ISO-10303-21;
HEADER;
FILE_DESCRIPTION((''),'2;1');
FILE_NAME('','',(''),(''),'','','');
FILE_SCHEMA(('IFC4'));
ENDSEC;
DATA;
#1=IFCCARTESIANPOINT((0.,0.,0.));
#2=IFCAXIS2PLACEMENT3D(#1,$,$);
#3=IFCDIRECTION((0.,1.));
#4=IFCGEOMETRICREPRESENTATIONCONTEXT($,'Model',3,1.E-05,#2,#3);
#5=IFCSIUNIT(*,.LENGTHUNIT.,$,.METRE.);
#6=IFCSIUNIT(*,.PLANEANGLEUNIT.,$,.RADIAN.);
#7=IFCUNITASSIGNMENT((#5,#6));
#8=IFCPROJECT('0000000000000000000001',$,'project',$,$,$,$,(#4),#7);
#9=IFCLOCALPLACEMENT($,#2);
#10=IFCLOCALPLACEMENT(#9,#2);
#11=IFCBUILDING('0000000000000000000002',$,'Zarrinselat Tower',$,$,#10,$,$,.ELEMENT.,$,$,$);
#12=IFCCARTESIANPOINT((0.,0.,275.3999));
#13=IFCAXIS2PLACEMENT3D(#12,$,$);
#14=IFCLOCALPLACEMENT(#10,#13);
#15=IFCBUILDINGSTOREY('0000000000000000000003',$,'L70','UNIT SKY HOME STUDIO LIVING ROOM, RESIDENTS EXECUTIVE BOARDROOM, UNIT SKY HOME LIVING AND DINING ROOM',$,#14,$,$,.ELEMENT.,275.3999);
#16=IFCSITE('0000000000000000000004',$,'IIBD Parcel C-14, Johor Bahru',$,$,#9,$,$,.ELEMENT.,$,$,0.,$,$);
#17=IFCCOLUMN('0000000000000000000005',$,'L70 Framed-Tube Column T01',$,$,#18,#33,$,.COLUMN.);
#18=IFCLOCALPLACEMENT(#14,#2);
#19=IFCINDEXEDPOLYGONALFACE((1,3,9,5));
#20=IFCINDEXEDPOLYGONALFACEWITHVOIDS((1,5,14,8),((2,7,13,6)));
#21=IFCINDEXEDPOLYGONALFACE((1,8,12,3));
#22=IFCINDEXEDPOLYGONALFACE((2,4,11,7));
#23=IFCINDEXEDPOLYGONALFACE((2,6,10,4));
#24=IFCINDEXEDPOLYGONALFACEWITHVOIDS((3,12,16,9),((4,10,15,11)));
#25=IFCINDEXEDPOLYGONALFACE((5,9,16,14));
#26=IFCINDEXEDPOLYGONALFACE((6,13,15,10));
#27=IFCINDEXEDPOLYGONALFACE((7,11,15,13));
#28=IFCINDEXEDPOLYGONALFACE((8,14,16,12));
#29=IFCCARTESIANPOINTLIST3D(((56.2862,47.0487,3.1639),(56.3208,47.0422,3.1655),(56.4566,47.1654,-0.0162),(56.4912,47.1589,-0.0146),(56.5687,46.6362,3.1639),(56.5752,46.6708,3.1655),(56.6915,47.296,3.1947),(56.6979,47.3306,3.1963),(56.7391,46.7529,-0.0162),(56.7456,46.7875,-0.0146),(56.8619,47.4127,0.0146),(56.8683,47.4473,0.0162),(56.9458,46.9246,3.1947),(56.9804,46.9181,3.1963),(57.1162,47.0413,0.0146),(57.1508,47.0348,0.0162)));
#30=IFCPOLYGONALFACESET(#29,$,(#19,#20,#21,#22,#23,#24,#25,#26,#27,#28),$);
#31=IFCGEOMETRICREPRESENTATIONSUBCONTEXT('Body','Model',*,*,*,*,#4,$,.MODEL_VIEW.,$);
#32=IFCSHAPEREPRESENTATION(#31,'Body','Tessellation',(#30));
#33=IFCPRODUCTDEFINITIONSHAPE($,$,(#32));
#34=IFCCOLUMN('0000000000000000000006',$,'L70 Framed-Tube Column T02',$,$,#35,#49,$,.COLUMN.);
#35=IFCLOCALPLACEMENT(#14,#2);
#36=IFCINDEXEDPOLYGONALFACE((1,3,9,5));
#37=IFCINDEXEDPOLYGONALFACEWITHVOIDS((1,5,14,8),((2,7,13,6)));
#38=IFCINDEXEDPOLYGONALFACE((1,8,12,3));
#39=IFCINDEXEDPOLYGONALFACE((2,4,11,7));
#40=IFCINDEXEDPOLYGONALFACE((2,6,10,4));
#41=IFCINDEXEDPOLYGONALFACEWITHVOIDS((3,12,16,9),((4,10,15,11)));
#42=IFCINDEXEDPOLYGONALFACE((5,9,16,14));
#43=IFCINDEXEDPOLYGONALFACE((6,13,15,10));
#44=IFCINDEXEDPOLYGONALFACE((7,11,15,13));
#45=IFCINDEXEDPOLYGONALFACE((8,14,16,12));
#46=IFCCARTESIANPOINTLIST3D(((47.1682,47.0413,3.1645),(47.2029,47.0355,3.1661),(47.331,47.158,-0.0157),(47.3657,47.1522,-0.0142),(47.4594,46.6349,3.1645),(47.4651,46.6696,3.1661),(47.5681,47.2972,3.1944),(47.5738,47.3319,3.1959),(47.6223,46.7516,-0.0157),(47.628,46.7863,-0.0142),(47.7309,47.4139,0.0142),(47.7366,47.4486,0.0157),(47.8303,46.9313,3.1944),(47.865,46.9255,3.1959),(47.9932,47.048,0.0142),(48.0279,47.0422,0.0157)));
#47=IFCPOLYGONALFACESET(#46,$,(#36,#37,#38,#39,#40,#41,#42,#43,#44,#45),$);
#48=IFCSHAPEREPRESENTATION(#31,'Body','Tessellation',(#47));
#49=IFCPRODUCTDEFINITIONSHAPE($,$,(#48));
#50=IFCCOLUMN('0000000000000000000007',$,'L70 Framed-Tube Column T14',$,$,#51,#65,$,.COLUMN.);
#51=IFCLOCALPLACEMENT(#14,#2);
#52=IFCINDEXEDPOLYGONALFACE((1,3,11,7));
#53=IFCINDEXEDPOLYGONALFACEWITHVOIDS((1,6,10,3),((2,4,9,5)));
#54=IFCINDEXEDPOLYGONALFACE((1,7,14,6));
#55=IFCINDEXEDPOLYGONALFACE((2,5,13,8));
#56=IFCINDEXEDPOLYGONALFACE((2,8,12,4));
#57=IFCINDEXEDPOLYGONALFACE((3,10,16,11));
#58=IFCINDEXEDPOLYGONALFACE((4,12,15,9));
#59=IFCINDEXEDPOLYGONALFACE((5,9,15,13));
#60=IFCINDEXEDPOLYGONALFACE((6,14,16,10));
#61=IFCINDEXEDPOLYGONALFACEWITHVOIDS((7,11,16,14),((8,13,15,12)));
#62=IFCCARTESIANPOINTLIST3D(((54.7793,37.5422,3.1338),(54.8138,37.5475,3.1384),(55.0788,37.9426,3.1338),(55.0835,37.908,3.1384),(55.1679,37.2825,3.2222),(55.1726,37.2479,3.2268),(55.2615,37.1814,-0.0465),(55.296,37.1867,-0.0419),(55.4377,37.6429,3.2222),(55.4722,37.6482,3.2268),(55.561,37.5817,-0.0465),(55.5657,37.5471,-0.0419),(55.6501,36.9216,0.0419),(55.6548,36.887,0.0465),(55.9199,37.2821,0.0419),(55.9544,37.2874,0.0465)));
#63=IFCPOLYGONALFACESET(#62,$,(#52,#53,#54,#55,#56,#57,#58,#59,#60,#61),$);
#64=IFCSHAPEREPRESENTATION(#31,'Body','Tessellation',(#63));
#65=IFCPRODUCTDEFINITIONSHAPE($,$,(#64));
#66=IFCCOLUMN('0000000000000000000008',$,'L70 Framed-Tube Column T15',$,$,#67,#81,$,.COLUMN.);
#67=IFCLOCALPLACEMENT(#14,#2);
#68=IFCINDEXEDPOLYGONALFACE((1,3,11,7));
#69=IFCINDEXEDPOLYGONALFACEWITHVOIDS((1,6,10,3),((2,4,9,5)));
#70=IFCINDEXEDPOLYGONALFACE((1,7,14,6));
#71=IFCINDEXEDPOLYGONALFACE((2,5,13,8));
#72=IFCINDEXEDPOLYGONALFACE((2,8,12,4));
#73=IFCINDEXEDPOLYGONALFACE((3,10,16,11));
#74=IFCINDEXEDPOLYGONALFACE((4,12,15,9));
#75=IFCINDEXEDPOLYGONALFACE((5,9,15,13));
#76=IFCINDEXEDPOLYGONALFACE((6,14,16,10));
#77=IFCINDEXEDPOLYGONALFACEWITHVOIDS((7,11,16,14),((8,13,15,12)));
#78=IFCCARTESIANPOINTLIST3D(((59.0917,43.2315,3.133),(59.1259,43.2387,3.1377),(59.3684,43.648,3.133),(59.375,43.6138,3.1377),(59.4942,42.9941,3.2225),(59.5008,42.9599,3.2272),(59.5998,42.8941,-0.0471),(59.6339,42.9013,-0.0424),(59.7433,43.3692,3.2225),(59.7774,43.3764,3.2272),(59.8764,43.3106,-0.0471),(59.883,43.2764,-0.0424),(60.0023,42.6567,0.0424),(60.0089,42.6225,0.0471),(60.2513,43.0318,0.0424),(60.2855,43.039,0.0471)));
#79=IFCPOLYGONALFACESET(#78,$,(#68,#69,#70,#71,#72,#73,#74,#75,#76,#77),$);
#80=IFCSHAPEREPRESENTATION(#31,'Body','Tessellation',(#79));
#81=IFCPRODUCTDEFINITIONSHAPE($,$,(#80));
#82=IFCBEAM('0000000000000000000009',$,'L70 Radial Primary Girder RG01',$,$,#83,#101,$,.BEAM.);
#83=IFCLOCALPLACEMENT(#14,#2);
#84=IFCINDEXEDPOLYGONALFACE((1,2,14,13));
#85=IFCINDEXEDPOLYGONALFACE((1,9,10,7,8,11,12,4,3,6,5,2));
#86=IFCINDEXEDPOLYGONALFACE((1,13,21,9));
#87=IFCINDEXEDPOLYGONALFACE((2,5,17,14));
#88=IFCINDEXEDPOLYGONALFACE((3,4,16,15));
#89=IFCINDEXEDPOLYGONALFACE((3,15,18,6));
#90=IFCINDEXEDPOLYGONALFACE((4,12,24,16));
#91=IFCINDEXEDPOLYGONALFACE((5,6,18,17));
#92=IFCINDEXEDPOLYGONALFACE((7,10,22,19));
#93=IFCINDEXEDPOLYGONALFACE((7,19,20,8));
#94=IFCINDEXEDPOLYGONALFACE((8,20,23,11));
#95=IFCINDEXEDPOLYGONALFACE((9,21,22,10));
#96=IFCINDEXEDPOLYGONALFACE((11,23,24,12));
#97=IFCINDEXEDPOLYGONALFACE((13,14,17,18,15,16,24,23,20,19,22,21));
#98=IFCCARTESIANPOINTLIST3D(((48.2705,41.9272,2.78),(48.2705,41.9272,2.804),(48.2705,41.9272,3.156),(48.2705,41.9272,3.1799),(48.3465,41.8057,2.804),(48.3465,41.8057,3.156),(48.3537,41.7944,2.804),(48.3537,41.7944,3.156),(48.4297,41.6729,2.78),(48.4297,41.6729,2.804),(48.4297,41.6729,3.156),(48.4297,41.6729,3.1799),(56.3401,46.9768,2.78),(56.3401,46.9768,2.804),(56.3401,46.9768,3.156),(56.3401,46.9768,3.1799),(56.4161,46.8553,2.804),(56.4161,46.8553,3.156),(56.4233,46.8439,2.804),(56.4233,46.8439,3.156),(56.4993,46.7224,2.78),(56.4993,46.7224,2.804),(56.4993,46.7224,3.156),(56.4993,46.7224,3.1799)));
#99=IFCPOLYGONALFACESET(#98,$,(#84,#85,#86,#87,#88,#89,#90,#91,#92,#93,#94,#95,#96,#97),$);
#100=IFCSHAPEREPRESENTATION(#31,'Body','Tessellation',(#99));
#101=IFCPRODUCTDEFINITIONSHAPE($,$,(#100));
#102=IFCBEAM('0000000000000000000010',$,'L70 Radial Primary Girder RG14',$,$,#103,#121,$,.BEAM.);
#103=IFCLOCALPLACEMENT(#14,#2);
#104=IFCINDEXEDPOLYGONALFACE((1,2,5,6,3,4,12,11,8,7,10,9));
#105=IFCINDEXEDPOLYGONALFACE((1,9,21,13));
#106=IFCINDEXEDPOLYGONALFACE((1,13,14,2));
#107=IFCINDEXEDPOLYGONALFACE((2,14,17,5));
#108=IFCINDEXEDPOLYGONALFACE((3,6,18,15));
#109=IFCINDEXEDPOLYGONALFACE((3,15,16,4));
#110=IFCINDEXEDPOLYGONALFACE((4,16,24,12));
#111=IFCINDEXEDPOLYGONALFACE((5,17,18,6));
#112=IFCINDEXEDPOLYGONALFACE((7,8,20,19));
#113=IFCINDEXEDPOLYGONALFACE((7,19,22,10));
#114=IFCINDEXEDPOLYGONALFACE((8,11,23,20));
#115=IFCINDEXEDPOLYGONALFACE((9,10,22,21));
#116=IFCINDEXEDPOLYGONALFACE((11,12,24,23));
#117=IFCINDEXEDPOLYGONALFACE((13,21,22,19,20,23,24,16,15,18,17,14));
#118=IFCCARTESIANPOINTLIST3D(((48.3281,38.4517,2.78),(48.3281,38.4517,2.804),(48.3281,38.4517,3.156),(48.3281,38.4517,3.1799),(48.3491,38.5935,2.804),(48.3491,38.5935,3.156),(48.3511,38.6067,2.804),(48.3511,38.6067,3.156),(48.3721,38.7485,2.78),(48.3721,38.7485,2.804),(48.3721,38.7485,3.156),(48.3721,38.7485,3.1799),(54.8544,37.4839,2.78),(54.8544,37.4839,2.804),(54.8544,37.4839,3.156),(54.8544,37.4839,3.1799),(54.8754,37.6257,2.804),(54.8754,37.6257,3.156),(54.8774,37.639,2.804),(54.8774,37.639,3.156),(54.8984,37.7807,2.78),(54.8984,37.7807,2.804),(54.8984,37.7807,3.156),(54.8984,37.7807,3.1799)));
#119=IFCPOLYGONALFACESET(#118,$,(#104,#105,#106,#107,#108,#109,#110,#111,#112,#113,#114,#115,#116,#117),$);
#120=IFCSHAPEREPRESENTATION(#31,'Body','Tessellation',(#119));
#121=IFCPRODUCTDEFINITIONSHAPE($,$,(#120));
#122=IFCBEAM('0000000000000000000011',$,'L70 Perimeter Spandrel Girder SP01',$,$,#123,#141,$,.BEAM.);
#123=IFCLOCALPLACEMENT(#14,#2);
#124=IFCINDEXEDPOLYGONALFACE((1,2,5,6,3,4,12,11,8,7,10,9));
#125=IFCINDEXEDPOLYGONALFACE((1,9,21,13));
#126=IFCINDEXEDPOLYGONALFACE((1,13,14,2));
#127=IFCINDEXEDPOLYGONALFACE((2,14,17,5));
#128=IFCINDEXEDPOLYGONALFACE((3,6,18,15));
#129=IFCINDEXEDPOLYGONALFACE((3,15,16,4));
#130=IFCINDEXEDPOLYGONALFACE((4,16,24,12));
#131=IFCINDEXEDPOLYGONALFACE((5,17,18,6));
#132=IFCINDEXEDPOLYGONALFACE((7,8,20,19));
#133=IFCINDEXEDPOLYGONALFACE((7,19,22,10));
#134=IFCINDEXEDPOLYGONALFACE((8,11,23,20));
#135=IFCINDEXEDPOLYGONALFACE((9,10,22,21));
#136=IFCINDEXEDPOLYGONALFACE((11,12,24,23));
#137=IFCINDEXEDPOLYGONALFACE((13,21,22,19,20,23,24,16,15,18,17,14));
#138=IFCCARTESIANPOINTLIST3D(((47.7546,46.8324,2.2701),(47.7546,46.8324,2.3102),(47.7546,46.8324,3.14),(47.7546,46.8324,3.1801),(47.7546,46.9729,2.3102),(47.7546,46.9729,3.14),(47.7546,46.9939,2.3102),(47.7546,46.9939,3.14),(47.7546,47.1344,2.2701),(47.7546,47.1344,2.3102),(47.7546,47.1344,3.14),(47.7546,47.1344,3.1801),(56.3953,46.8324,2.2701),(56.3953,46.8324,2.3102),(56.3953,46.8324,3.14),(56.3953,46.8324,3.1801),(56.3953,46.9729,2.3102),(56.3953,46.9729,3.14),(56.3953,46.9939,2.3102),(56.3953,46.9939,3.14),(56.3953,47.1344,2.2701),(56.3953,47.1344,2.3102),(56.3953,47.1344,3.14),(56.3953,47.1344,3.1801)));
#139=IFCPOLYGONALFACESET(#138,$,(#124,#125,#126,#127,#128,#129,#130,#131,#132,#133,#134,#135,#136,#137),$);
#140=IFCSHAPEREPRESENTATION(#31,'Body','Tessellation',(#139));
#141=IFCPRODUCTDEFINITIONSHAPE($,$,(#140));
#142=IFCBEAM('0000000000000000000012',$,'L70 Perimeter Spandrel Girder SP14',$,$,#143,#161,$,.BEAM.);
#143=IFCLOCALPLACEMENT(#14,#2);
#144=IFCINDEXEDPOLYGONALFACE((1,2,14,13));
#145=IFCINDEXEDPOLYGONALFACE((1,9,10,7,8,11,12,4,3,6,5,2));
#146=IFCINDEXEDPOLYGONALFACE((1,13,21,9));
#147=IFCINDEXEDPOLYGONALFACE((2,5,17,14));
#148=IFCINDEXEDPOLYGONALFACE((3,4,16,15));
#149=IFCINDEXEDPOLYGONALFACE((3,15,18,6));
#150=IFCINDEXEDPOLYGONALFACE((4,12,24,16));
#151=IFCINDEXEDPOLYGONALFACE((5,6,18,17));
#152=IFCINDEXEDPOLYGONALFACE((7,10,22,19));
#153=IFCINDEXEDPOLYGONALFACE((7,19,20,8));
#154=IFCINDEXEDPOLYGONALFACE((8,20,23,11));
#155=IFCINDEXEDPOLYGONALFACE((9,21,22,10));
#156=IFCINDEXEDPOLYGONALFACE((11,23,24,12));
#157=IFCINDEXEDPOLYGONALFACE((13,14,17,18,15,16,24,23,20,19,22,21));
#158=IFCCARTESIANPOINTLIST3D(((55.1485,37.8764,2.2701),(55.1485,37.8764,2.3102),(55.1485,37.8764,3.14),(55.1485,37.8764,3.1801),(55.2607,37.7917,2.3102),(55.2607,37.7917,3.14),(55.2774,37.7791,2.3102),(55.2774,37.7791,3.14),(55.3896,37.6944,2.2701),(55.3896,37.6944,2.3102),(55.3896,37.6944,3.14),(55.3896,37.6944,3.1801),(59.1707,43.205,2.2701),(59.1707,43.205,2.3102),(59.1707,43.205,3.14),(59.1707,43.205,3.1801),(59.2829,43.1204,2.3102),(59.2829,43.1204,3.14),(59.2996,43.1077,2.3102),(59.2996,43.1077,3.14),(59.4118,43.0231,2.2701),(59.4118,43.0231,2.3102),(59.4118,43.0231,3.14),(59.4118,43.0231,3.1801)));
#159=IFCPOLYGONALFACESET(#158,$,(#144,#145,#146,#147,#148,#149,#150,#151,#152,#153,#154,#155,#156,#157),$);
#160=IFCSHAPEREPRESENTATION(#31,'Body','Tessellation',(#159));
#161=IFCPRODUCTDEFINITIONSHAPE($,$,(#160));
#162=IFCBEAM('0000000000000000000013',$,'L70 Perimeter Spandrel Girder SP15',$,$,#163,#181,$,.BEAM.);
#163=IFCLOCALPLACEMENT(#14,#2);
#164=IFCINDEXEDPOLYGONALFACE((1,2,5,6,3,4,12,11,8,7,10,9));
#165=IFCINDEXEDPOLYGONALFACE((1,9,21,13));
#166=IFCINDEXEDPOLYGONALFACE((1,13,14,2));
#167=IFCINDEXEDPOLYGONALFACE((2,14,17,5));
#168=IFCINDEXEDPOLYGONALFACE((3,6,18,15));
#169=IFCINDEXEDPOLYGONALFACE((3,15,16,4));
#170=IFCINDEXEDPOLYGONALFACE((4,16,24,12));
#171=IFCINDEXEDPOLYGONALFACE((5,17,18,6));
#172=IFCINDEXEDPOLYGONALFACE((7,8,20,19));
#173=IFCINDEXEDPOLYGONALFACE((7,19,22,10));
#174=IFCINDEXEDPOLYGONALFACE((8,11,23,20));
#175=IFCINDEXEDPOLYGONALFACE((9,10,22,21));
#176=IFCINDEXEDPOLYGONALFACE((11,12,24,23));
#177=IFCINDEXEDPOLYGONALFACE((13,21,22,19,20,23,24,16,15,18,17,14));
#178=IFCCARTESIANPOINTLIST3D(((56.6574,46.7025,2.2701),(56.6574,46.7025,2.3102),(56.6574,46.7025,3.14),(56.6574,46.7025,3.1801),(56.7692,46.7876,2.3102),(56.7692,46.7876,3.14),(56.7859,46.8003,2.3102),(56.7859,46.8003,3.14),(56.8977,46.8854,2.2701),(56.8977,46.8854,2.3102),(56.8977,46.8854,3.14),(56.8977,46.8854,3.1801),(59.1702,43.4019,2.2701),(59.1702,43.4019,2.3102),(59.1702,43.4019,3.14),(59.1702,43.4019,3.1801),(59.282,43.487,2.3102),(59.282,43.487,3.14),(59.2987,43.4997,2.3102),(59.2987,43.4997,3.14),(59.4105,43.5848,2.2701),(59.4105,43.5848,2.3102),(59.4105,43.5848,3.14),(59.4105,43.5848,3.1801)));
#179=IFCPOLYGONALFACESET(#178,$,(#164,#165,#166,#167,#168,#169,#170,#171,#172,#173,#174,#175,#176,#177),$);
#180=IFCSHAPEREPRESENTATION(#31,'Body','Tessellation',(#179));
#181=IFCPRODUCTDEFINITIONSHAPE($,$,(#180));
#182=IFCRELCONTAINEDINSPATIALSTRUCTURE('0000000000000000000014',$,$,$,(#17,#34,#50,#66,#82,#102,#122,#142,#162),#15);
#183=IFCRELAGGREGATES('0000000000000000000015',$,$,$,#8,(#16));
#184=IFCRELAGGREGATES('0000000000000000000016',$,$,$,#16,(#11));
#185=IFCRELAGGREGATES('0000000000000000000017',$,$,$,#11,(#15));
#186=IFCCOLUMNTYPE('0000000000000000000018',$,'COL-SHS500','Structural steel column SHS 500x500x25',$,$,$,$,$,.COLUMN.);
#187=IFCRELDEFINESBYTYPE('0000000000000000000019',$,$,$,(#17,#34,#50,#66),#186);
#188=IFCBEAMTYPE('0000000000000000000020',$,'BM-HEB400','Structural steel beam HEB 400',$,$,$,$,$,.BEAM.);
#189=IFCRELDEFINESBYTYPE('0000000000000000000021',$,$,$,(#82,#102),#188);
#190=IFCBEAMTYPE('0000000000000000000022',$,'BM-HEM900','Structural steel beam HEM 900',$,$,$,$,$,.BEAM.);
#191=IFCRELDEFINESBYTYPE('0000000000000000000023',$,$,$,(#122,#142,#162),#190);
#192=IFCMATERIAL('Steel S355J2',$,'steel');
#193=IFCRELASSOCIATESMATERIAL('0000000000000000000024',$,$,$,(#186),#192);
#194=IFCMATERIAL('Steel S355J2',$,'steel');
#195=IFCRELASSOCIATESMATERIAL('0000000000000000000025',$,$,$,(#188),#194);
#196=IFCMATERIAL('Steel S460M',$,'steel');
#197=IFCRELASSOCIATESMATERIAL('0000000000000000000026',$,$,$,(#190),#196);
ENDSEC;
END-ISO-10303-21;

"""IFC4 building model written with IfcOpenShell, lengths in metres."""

from ifc_helpers import new_model, si_unit, direction, frame, origin, origin_2d, place, context, subcontext, project, spatial, hollow_rectangle, i_section, extrude, material, material_profile, profile_set, type_object, element, save


model = new_model("IFC4")

# Units and contexts
model_context = context("Model", 3, precision=1e-05, world=origin(), true_north=direction((0.0, 1.0)))
body_context = subcontext(model_context, "Body", "Model", "MODEL_VIEW")
ifc_project = project(units=[si_unit("LENGTHUNIT", "METRE"), si_unit("PLANEANGLEUNIT", "RADIAN")], contexts=[model_context])

# Site, building, storey
site_placement = place(None, origin())
site = spatial("IfcSite", under=ifc_project, at=site_placement, Name="IIBD Parcel C-14, Johor Bahru", CompositionType="ELEMENT", RefElevation=0.0)
building_placement = place(site_placement, origin())
building = spatial("IfcBuilding", under=site, at=building_placement, Name="Zarrinselat Tower", CompositionType="ELEMENT")
storey_placement = place(building_placement, frame((0.0, 0.0, 275.3999)))
storey = spatial("IfcBuildingStorey", under=building, at=storey_placement, Name="L70", Description="UNIT SKY HOME STUDIO LIVING ROOM, RESIDENTS EXECUTIVE BOARDROOM, UNIT SKY HOME LIVING AND DINING ROOM", CompositionType="ELEMENT", Elevation=275.3999)

# Columns
ifc_material_1 = material(Name="Steel S355J2", Category="steel")
ifc_material_profile_1 = material_profile(ifc_material_1, hollow_rectangle(XDim=0.5, YDim=0.5, WallThickness=0.0249, at=origin_2d()), Name="SHS 500x500x25")
ifc_profile_set_1 = profile_set([ifc_material_profile_1], Name="Steel S355J2")
column_type = type_object("IfcColumnType", Name="COL-SHS500", Description="Structural steel column SHS 500x500x25", PredefinedType="COLUMN", material=ifc_profile_set_1)
column_1_placement = place(storey_placement, frame((56.8037, 47.1001, 0.0), z_axis=(-0.053472, -0.036619, 0.997898), x_axis=(0.565023, -0.825075, 0.0)))
element("IfcColumn", 1, at=column_1_placement, inside=storey, type_object=column_type, Name="L70 Framed-Tube Column T01", PredefinedType="COLUMN", context=body_context, shape_type="SweptSolid", body=[
    extrude(hollow_rectangle(XDim=0.5, YDim=0.5, WallThickness=0.0249, at=origin_2d()), origin(), (0.0, 0.0, 1.0), 3.1868),
])
column_2_placement = place(storey_placement, frame((47.6794, 47.1001, 0.0), z_axis=(-0.051104, -0.036623, 0.998022), x_axis=(0.582506, -0.812827, 0.0)))
element("IfcColumn", 2, at=column_2_placement, inside=storey, type_object=column_type, Name="L70 Framed-Tube Column T02", PredefinedType="COLUMN", context=body_context, shape_type="SweptSolid", body=[
    extrude(hollow_rectangle(XDim=0.5, YDim=0.5, WallThickness=0.0249, at=origin_2d()), origin(), (0.0, 0.0, 1.0), 3.1865),
])
column_3_placement = place(storey_placement, frame((55.6079, 37.2344, 0.0), z_axis=(-0.148972, 0.111484, 0.982537), x_axis=(-0.599156, -0.800632, 0.0)))
element("IfcColumn", 3, at=column_3_placement, inside=storey, type_object=column_type, Name="L70 Framed-Tube Column T14", PredefinedType="COLUMN", context=body_context, shape_type="SweptSolid", body=[
    extrude(hollow_rectangle(XDim=0.5, YDim=0.5, WallThickness=0.0249, at=origin_2d()), origin(), (0.0, 0.0, 1.0), 3.2368),
])
column_4_placement = place(storey_placement, frame((59.9426, 42.9666, 0.0), z_axis=(-0.156898, 0.104197, 0.982103), x_axis=(-0.553221, -0.833034, 0.0)))
element("IfcColumn", 4, at=column_4_placement, inside=storey, type_object=column_type, Name="L70 Framed-Tube Column T15", PredefinedType="COLUMN", context=body_context, shape_type="SweptSolid", body=[
    extrude(hollow_rectangle(XDim=0.5, YDim=0.5, WallThickness=0.0249, at=origin_2d()), origin(), (0.0, 0.0, 1.0), 3.238),
])

# Beams
ifc_material_2 = material(Name="Steel S355J2", Category="steel")
ifc_material_profile_2 = material_profile(ifc_material_2, i_section(OverallWidth=0.3, OverallDepth=0.3999, WebThickness=0.0134, FlangeThickness=0.0239, at=origin_2d()), Name="HEB 400")
ifc_profile_set_2 = profile_set([ifc_material_profile_2], Name="Steel S355J2")
beam_type_1 = type_object("IfcBeamType", Name="BM-HEB400", Description="Structural steel beam HEB 400", PredefinedType="BEAM", material=ifc_profile_set_2)
beam_1_placement = place(storey_placement, frame((48.3501, 41.8, 2.98), z_axis=(0.847711, 0.530458, 0.0), x_axis=(-0.530458, 0.847711, 0.0)))
element("IfcBeam", 5, at=beam_1_placement, inside=storey, type_object=beam_type_1, Name="L70 Radial Primary Girder RG01", PredefinedType="BEAM", context=body_context, shape_type="SweptSolid", body=[
    extrude(i_section(OverallWidth=0.3, OverallDepth=0.3999, WebThickness=0.0134, FlangeThickness=0.0239, at=origin_2d()), origin(), (0.0, 0.0, 1.0), 9.5193),
])
beam_2_placement = place(storey_placement, frame((48.3501, 38.6001, 2.98), z_axis=(0.989184, -0.146683, 0.0), x_axis=(0.146683, 0.989184, 0.0)))
element("IfcBeam", 6, at=beam_2_placement, inside=storey, type_object=beam_type_1, Name="L70 Radial Primary Girder RG14", PredefinedType="BEAM", context=body_context, shape_type="SweptSolid", body=[
    extrude(i_section(OverallWidth=0.3, OverallDepth=0.3999, WebThickness=0.0134, FlangeThickness=0.0239, at=origin_2d()), origin(), (0.0, 0.0, 1.0), 6.5977),
])
ifc_material_3 = material(Name="Steel S460M", Category="steel")
ifc_material_profile_3 = material_profile(ifc_material_3, i_section(OverallWidth=0.302, OverallDepth=0.9099, WebThickness=0.021, FlangeThickness=0.04, at=origin_2d()), Name="HEM 900")
ifc_profile_set_3 = profile_set([ifc_material_profile_3], Name="Steel S460M")
beam_type_2 = type_object("IfcBeamType", Name="BM-HEM900", Description="Structural steel beam HEM 900", PredefinedType="BEAM", material=ifc_profile_set_3)
beam_3_placement = place(storey_placement, frame((47.7546, 46.9834, 2.7251), z_axis=(1.0, 0.0, 0.0), x_axis=(0.0, 1.0, 0.0)))
element("IfcBeam", 7, at=beam_3_placement, inside=storey, type_object=beam_type_2, Name="L70 Perimeter Spandrel Girder SP01", PredefinedType="BEAM", context=body_context, shape_type="SweptSolid", body=[
    extrude(i_section(OverallWidth=0.302, OverallDepth=0.9099, WebThickness=0.021, FlangeThickness=0.04, at=origin_2d()), origin(), (0.0, 0.0, 1.0), 8.6406),
])
beam_4_placement = place(storey_placement, frame((55.269, 37.7854, 2.7251), z_axis=(0.602466, 0.798144, 0.0), x_axis=(-0.798144, 0.602466, 0.0)))
element("IfcBeam", 8, at=beam_4_placement, inside=storey, type_object=beam_type_2, Name="L70 Perimeter Spandrel Girder SP14", PredefinedType="BEAM", context=body_context, shape_type="SweptSolid", body=[
    extrude(i_section(OverallWidth=0.302, OverallDepth=0.9099, WebThickness=0.021, FlangeThickness=0.04, at=origin_2d()), origin(), (0.0, 0.0, 1.0), 6.6763),
])
beam_5_placement = place(storey_placement, frame((56.7776, 46.7939, 2.7251), z_axis=(0.605738, -0.795664, 0.0), x_axis=(0.795664, 0.605738, 0.0)))
element("IfcBeam", 9, at=beam_5_placement, inside=storey, type_object=beam_type_2, Name="L70 Perimeter Spandrel Girder SP15", PredefinedType="BEAM", context=body_context, shape_type="SweptSolid", body=[
    extrude(i_section(OverallWidth=0.302, OverallDepth=0.9099, WebThickness=0.021, FlangeThickness=0.04, at=origin_2d()), origin(), (0.0, 0.0, 1.0), 4.1482),
])

save(model, "model.ifc")
